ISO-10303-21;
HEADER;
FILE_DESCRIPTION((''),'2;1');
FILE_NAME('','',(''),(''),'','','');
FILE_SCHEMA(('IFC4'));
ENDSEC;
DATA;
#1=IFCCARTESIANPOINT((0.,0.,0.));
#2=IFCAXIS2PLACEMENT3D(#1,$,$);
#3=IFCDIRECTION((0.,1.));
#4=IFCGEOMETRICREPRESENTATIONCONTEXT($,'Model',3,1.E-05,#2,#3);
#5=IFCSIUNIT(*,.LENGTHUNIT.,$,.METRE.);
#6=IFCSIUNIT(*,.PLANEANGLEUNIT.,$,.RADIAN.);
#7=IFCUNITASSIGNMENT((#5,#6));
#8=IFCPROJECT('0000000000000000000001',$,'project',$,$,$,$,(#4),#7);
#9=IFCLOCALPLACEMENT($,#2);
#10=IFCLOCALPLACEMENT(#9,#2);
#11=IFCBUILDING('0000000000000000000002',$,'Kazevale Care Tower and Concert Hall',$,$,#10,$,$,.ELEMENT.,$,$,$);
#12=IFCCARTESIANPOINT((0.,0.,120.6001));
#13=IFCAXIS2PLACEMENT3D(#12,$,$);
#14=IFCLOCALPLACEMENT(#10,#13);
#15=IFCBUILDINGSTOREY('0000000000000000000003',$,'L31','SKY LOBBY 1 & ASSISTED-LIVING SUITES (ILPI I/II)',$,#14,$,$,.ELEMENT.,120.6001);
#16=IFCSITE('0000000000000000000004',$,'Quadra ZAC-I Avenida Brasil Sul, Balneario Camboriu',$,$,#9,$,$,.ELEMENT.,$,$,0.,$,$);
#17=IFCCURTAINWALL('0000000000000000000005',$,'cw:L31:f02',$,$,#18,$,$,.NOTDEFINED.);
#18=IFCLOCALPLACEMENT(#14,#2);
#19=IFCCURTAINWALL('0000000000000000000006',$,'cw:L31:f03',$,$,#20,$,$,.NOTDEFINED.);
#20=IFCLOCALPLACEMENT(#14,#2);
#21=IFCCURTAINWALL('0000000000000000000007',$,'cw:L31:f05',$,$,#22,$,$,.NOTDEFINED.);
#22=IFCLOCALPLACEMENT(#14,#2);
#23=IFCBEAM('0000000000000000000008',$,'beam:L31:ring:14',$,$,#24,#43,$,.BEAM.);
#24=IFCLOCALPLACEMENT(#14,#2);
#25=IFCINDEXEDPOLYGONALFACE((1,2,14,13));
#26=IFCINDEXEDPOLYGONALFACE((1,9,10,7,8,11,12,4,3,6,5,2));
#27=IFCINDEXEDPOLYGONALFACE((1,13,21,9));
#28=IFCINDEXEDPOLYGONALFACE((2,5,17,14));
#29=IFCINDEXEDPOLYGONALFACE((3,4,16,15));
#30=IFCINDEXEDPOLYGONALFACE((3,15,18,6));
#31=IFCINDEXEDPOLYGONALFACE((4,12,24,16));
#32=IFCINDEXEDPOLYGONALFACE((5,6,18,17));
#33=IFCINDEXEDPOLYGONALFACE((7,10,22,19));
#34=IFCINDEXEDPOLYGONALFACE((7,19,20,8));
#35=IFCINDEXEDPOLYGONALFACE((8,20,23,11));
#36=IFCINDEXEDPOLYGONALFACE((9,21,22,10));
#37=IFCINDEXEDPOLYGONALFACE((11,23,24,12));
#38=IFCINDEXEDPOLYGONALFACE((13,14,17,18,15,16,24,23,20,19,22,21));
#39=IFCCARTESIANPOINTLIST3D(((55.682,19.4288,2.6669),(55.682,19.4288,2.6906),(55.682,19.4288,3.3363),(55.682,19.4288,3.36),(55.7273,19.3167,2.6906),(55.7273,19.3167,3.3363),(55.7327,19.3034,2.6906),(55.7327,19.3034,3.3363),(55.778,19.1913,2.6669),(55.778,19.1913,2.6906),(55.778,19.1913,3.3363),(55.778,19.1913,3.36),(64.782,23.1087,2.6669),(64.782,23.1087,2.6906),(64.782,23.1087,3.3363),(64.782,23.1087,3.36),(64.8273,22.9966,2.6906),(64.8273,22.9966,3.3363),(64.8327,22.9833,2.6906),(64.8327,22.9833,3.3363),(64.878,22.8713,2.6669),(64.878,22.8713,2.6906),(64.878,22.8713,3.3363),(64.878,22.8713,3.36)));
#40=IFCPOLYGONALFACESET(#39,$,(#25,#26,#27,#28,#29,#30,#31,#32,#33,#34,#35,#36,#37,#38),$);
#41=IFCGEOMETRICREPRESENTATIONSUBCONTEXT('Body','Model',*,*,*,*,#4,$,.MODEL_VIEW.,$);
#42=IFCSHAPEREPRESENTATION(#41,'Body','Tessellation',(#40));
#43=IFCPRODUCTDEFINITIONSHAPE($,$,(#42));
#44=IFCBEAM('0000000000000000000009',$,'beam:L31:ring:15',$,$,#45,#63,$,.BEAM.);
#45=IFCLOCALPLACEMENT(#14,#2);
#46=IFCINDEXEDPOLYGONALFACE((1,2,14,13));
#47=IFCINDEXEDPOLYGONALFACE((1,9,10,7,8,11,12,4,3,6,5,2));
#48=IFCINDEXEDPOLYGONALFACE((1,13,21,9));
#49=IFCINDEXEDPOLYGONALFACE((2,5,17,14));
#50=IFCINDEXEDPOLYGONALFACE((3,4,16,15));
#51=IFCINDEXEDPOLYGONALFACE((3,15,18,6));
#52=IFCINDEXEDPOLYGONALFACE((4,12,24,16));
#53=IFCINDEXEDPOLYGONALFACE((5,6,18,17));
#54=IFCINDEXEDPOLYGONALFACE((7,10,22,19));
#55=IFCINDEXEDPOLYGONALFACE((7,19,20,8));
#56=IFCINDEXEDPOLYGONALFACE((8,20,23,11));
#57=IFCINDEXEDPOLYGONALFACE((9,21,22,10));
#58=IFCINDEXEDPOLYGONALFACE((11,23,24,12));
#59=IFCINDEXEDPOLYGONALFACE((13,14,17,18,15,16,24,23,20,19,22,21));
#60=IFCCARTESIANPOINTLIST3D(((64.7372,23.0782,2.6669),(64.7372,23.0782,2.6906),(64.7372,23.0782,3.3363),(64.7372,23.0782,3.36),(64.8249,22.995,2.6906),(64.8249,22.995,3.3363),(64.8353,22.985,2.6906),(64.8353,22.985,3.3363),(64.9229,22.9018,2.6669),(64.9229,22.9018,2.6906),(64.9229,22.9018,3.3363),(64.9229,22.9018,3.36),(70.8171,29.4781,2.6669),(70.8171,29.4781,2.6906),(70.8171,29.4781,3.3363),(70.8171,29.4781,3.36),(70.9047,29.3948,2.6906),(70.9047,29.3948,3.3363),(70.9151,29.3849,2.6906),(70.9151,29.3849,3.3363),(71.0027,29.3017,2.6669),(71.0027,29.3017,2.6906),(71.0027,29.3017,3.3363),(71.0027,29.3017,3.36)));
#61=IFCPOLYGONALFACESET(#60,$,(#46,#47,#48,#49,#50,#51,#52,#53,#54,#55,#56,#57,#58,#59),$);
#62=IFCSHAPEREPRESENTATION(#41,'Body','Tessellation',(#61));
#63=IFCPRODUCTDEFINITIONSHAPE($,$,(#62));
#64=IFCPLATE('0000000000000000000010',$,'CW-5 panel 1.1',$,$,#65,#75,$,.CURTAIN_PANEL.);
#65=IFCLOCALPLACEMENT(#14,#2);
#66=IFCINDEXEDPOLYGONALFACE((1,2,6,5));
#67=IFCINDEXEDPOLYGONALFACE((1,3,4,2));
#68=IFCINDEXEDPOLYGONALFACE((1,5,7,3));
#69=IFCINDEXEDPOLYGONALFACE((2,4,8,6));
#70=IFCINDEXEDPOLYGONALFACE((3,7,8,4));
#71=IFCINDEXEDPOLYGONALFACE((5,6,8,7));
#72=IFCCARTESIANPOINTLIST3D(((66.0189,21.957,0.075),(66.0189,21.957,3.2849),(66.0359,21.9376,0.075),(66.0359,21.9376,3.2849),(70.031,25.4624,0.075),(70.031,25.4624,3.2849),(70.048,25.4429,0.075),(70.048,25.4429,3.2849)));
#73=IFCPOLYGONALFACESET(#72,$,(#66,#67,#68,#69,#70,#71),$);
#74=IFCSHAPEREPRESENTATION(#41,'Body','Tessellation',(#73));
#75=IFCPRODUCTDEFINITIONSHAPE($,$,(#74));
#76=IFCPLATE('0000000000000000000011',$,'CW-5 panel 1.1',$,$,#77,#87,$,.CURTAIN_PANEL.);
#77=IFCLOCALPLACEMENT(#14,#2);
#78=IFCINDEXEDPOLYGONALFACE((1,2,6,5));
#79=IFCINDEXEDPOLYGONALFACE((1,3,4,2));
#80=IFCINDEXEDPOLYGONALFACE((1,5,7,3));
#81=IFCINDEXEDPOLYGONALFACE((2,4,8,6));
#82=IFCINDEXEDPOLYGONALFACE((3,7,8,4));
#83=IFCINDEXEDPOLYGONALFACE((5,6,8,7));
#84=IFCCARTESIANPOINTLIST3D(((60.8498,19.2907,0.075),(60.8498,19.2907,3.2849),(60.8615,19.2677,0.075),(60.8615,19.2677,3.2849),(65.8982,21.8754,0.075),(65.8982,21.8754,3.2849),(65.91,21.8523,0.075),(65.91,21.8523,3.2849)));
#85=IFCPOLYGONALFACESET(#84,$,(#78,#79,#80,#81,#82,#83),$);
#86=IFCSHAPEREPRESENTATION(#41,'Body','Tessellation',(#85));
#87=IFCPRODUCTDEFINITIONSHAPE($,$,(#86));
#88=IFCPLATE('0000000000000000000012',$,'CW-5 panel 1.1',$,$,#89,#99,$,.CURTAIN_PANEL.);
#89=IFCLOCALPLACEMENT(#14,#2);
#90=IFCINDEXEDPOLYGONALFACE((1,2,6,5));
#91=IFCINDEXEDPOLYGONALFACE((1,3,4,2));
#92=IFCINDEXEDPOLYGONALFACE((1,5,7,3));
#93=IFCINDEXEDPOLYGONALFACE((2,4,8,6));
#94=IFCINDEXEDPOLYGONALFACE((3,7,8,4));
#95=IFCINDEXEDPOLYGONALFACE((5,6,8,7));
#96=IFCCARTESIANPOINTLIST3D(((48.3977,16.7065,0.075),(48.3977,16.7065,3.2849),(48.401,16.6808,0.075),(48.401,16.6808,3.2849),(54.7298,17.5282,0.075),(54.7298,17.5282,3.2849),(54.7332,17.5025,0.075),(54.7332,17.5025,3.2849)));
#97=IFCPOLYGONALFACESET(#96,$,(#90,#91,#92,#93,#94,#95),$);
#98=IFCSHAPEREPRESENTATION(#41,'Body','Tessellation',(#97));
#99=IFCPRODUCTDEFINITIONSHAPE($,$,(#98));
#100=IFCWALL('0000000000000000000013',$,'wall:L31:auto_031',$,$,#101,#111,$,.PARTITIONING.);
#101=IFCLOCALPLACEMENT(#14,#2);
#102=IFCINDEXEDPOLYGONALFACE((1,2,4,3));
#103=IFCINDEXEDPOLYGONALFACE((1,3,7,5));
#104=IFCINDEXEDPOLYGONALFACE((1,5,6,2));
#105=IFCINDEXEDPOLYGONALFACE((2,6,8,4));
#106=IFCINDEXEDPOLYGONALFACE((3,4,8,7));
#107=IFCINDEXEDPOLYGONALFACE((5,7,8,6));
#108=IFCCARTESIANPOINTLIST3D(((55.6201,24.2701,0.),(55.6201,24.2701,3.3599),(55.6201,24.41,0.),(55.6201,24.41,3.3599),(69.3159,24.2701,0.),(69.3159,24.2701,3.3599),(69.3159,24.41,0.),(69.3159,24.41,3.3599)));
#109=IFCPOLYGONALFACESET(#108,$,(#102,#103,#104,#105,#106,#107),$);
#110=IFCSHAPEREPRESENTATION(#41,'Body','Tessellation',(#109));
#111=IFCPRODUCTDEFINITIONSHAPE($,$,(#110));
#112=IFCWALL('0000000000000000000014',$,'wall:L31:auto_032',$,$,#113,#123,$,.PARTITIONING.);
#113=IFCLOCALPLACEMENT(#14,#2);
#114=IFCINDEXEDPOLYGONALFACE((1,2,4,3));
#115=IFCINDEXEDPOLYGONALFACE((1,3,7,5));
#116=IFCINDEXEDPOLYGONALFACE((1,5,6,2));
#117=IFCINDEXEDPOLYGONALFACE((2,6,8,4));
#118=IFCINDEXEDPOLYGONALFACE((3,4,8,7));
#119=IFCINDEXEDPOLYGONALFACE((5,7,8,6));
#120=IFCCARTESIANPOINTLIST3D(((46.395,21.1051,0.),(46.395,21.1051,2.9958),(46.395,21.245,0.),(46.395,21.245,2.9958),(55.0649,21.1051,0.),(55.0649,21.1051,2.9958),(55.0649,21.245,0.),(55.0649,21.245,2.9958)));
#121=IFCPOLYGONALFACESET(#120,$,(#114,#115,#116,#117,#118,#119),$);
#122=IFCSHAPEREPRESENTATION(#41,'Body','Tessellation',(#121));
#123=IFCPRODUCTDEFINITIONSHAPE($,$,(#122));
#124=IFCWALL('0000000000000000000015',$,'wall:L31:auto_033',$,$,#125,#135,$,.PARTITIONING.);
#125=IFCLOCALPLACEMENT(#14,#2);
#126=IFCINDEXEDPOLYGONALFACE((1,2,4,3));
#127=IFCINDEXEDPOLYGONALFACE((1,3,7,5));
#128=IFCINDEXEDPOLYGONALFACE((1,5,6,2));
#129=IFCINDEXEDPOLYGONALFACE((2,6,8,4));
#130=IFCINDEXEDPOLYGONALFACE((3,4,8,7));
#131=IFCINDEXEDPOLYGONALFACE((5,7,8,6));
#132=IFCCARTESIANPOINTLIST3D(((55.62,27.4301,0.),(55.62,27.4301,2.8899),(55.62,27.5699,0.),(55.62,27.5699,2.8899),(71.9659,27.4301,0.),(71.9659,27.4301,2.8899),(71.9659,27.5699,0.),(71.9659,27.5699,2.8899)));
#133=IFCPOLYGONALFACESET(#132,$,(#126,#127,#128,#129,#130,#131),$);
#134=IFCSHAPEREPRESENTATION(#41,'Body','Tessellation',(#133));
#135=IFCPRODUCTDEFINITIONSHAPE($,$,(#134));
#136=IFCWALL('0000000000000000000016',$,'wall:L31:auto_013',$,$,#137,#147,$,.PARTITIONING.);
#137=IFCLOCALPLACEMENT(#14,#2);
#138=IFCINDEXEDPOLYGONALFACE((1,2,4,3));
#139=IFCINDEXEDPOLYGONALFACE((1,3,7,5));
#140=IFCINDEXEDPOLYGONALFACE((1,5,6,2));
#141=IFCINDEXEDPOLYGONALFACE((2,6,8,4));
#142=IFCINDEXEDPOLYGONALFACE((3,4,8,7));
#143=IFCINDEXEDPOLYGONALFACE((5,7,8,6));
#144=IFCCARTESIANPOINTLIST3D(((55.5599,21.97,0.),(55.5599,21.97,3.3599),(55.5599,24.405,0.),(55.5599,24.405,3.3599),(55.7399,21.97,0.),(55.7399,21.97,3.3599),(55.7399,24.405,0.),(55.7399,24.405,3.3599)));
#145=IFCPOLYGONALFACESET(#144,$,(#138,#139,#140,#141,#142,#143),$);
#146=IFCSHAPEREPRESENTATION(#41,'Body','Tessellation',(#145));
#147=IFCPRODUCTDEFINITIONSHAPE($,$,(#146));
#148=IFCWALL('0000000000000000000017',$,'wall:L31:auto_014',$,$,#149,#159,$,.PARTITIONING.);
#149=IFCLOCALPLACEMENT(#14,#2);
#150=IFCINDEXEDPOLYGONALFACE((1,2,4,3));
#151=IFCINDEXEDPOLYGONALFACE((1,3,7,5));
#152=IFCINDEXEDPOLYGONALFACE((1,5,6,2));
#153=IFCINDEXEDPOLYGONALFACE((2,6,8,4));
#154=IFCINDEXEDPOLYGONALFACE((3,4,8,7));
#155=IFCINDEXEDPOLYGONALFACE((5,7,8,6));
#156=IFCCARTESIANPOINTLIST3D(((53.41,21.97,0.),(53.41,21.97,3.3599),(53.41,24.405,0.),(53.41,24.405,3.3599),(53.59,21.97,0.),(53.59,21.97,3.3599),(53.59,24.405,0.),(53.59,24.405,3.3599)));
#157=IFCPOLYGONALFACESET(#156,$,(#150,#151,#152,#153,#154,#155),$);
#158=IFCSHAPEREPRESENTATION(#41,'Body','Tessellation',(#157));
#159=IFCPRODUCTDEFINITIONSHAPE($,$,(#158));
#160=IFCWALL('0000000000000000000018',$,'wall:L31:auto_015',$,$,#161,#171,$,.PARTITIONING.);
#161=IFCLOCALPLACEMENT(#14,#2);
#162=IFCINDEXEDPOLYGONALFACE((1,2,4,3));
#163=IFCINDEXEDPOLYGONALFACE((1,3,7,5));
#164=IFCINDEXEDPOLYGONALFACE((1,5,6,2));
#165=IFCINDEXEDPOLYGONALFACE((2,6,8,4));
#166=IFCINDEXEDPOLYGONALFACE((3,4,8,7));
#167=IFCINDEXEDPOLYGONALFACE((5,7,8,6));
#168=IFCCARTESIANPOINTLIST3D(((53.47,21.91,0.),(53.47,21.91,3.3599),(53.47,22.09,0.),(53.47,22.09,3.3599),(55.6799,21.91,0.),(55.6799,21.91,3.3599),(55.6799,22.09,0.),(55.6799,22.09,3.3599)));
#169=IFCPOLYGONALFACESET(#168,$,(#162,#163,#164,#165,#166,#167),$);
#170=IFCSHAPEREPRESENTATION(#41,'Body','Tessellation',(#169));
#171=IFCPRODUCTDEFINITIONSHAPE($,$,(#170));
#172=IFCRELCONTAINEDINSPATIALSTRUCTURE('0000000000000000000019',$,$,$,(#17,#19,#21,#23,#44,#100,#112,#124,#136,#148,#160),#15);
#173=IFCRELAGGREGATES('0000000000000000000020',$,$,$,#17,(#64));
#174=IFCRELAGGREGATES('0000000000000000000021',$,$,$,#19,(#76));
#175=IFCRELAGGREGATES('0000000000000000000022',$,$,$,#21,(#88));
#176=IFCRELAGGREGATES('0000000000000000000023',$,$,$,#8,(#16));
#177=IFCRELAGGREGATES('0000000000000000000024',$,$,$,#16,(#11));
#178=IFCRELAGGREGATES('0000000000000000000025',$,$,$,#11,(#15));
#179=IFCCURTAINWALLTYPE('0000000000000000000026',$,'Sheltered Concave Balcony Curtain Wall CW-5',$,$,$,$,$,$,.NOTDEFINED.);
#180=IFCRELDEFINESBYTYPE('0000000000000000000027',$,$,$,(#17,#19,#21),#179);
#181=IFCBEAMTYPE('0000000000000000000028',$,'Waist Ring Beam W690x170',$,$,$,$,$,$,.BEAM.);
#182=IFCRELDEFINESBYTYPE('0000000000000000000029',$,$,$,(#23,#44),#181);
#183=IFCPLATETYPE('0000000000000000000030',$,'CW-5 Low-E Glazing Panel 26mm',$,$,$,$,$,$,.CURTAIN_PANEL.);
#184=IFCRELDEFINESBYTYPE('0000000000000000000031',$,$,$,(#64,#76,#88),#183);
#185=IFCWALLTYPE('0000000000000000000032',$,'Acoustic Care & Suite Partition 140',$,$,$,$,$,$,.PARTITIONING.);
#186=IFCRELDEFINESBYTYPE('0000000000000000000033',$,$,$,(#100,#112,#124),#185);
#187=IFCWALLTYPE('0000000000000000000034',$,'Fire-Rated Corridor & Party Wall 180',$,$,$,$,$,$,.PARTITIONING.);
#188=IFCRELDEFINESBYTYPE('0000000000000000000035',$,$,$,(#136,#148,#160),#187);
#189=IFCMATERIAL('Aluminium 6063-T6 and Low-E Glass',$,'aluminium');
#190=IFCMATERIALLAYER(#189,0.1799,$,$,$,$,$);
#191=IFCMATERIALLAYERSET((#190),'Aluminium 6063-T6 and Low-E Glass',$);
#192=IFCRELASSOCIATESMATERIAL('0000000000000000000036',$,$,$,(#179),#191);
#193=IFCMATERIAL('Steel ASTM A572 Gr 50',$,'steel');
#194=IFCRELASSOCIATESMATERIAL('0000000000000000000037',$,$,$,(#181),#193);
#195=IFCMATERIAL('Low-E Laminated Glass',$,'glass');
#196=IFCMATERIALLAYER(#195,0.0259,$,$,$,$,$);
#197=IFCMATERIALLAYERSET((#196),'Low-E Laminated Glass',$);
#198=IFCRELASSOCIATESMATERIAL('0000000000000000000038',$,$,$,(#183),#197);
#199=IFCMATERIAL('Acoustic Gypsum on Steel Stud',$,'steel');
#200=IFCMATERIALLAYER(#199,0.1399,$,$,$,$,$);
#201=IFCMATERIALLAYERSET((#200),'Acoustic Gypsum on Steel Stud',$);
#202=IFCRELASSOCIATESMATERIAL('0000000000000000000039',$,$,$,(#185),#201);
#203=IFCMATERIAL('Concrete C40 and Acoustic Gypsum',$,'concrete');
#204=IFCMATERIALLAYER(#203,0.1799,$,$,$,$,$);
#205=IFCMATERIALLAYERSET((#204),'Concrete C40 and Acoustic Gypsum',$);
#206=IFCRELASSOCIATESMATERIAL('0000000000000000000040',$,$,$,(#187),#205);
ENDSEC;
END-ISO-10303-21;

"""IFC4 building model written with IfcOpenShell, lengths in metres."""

from ifc_helpers import new_model, si_unit, direction, frame, frame_2d, origin, origin_2d, place, context, subcontext, project, spatial, rectangle, i_section, extrude, material, layer, layer_set, material_profile, profile_set, type_object, element, aggregate, save


model = new_model("IFC4")

# Units and contexts
model_context = context("Model", 3, precision=1e-05, world=origin(), true_north=direction((0.0, 1.0)))
body_context = subcontext(model_context, "Body", "Model", "MODEL_VIEW")
ifc_project = project(units=[si_unit("LENGTHUNIT", "METRE"), si_unit("PLANEANGLEUNIT", "RADIAN")], contexts=[model_context])

# Site, building, storey
site_placement = place(None, origin())
site = spatial("IfcSite", under=ifc_project, at=site_placement, Name="Quadra ZAC-I Avenida Brasil Sul, Balneario Camboriu", CompositionType="ELEMENT", RefElevation=0.0)
building_placement = place(site_placement, origin())
building = spatial("IfcBuilding", under=site, at=building_placement, Name="Kazevale Care Tower and Concert Hall", CompositionType="ELEMENT")
storey_placement = place(building_placement, frame((0.0, 0.0, 120.6001)))
storey = spatial("IfcBuildingStorey", under=building, at=storey_placement, Name="L31", Description="SKY LOBBY 1 & ASSISTED-LIVING SUITES (ILPI I/II)", CompositionType="ELEMENT", Elevation=120.6001)

# Curtain walls
ifc_material_1 = material(Name="Aluminium 6063-T6 and Low-E Glass", Category="aluminium")
ifc_layer_1 = layer(ifc_material_1, 0.1799)
ifc_layer_set_1 = layer_set([ifc_layer_1], Name="Aluminium 6063-T6 and Low-E Glass")
curtain_wall_type = type_object("IfcCurtainWallType", Name="Sheltered Concave Balcony Curtain Wall CW-5", PredefinedType="NOTDEFINED", material=ifc_layer_set_1)
curtain_wall_1_placement = place(storey_placement, origin())
curtain_wall_1 = element("IfcCurtainWall", 1, at=curtain_wall_1_placement, inside=storey, type_object=curtain_wall_type, Name="cw:L31:f02", PredefinedType="NOTDEFINED")
curtain_wall_2_placement = place(storey_placement, origin())
curtain_wall_2 = element("IfcCurtainWall", 2, at=curtain_wall_2_placement, inside=storey, type_object=curtain_wall_type, Name="cw:L31:f03", PredefinedType="NOTDEFINED")
curtain_wall_3_placement = place(storey_placement, origin())
curtain_wall_3 = element("IfcCurtainWall", 3, at=curtain_wall_3_placement, inside=storey, type_object=curtain_wall_type, Name="cw:L31:f05", PredefinedType="NOTDEFINED")

# Beams
ifc_material_2 = material(Name="Steel ASTM A572 Gr 50", Category="steel")
ifc_material_profile_1 = material_profile(ifc_material_2, i_section(OverallWidth=0.2561, OverallDepth=0.6931, WebThickness=0.0144, FlangeThickness=0.0237, at=origin_2d()), Name="W690x170")
ifc_profile_set_1 = profile_set([ifc_material_profile_1], Name="Steel ASTM A572 Gr 50")
beam_type_1 = type_object("IfcBeamType", Name="Waist Ring Beam W690x170", PredefinedType="BEAM", material=ifc_profile_set_1)
beam_1_placement = place(storey_placement, frame((55.73, 19.3101, 3.0134), z_axis=(0.927069, 0.374892, 0.0), x_axis=(-0.374892, 0.927069, 0.0)))
element("IfcBeam", 4, at=beam_1_placement, inside=storey, type_object=beam_type_1, Name="beam:L31:ring:14", PredefinedType="BEAM", context=body_context, shape_type="SweptSolid", body=[
    extrude(i_section(OverallWidth=0.2561, OverallDepth=0.6931, WebThickness=0.0144, FlangeThickness=0.0237, at=origin_2d()), origin(), (0.0, 0.0, 1.0), 9.8159),
])
beam_2_placement = place(storey_placement, frame((64.8301, 22.99, 3.0134), z_axis=(0.688745, 0.725004, 0.0), x_axis=(-0.725004, 0.688745, 0.0)))
element("IfcBeam", 5, at=beam_2_placement, inside=storey, type_object=beam_type_1, Name="beam:L31:ring:15", PredefinedType="BEAM", context=body_context, shape_type="SweptSolid", body=[
    extrude(i_section(OverallWidth=0.2561, OverallDepth=0.6931, WebThickness=0.0144, FlangeThickness=0.0237, at=origin_2d()), origin(), (0.0, 0.0, 1.0), 8.8274),
])

# Plates
ifc_material_3 = material(Name="Low-E Laminated Glass", Category="glass")
ifc_layer_2 = layer(ifc_material_3, 0.0259)
ifc_layer_set_2 = layer_set([ifc_layer_2], Name="Low-E Laminated Glass")
plate_type = type_object("IfcPlateType", Name="CW-5 Low-E Glazing Panel 26mm", PredefinedType="CURTAIN_PANEL", material=ifc_layer_set_2)
plate_1_placement = place(storey_placement, frame((68.0334, 23.7, 0.075), z_axis=(0.0, 0.0, 1.0), x_axis=(-0.753063, -0.657949, 0.0)))
plate_1 = element("IfcPlate", 6, at=plate_1_placement, type_object=plate_type, Name="CW-5 panel 1.1", PredefinedType="CURTAIN_PANEL", context=body_context, shape_type="SweptSolid", body=[
    extrude(rectangle(XDim=5.3276, YDim=0.0259, at=origin_2d()), origin(), (0.0, 0.0, 1.0), 3.21),
])
aggregate(curtain_wall_1, [plate_1])
plate_2_placement = place(storey_placement, frame((63.3799, 20.5715, 0.075), z_axis=(0.0, 0.0, 1.0), x_axis=(-0.890127, -0.455713, 0.0)))
plate_2 = element("IfcPlate", 7, at=plate_2_placement, type_object=plate_type, Name="CW-5 panel 1.1", PredefinedType="CURTAIN_PANEL", context=body_context, shape_type="SweptSolid", body=[
    extrude(rectangle(XDim=5.6716, YDim=0.0259, at=origin_2d()), origin(), (0.0, 0.0, 1.0), 3.21),
])
aggregate(curtain_wall_2, [plate_2])
plate_3_placement = place(storey_placement, frame((51.5654, 17.1045, 0.075), z_axis=(0.0, 0.0, 1.0), x_axis=(-0.991686, -0.128685, 0.0)))
plate_3 = element("IfcPlate", 8, at=plate_3_placement, type_object=plate_type, Name="CW-5 panel 1.1", PredefinedType="CURTAIN_PANEL", context=body_context, shape_type="SweptSolid", body=[
    extrude(rectangle(XDim=6.3853, YDim=0.0259, at=origin_2d()), origin(), (0.0, 0.0, 1.0), 3.21),
])
aggregate(curtain_wall_3, [plate_3])

# Walls
ifc_material_4 = material(Name="Acoustic Gypsum on Steel Stud", Category="steel")
ifc_layer_3 = layer(ifc_material_4, 0.1399)
ifc_layer_set_3 = layer_set([ifc_layer_3], Name="Acoustic Gypsum on Steel Stud")
wall_type_1 = type_object("IfcWallType", Name="Acoustic Care & Suite Partition 140", PredefinedType="PARTITIONING", material=ifc_layer_set_3)
wall_1_placement = place(storey_placement, frame((55.6201, 24.3401, 0.0), z_axis=(0.0, 0.0, 1.0), x_axis=(1.0, 0.0, 0.0)))
element("IfcWall", 9, at=wall_1_placement, inside=storey, type_object=wall_type_1, Name="wall:L31:auto_031", PredefinedType="PARTITIONING", context=body_context, shape_type="SweptSolid", body=[
    extrude(rectangle(XDim=13.6958, YDim=0.1399, at=frame_2d((6.8479, 0.0))), origin(), (0.0, 0.0, 1.0), 3.3599),
])
wall_2_placement = place(storey_placement, frame((55.0649, 21.175, 0.0), z_axis=(0.0, 0.0, 1.0), x_axis=(-1.0, 0.0, 0.0)))
element("IfcWall", 10, at=wall_2_placement, inside=storey, type_object=wall_type_1, Name="wall:L31:auto_032", PredefinedType="PARTITIONING", context=body_context, shape_type="SweptSolid", body=[
    extrude(rectangle(XDim=8.6699, YDim=0.1399, at=frame_2d((4.335, 0.0))), origin(), (0.0, 0.0, 1.0), 2.9958),
])
wall_3_placement = place(storey_placement, frame((55.6201, 27.5, 0.0), z_axis=(0.0, 0.0, 1.0), x_axis=(1.0, 0.0, 0.0)))
element("IfcWall", 11, at=wall_3_placement, inside=storey, type_object=wall_type_1, Name="wall:L31:auto_033", PredefinedType="PARTITIONING", context=body_context, shape_type="SweptSolid", body=[
    extrude(rectangle(XDim=16.3459, YDim=0.1399, at=frame_2d((8.1729, 0.0))), origin(), (0.0, 0.0, 1.0), 2.8899),
])
ifc_material_5 = material(Name="Concrete C40 and Acoustic Gypsum", Category="concrete")
ifc_layer_4 = layer(ifc_material_5, 0.1799)
ifc_layer_set_4 = layer_set([ifc_layer_4], Name="Concrete C40 and Acoustic Gypsum")
wall_type_2 = type_object("IfcWallType", Name="Fire-Rated Corridor & Party Wall 180", PredefinedType="PARTITIONING", material=ifc_layer_set_4)
for number, where, z_axis, x_axis, name in (
    (12, (55.6499, 24.405, 0.0), (0.0, 0.0, 1.0), (0.0, -1.0, 0.0), "wall:L31:auto_013"),
    (13, (53.5, 21.97, 0.0), (0.0, 0.0, 1.0), (0.0, 1.0, 0.0), "wall:L31:auto_014"),
):
    element("IfcWall", number, at=place(storey_placement, frame(where, z_axis=z_axis, x_axis=x_axis)), inside=storey, type_object=wall_type_2, Name=name, PredefinedType="PARTITIONING", context=body_context, shape_type="SweptSolid", body=[
        extrude(rectangle(XDim=2.4351, YDim=0.1799, at=frame_2d((1.2175, 0.0))), origin(), (0.0, 0.0, 1.0), 3.3599),
    ])
wall_4_placement = place(storey_placement, frame((55.6799, 22.0, 0.0), z_axis=(0.0, 0.0, 1.0), x_axis=(-1.0, 0.0, 0.0)))
element("IfcWall", 14, at=wall_4_placement, inside=storey, type_object=wall_type_2, Name="wall:L31:auto_015", PredefinedType="PARTITIONING", context=body_context, shape_type="SweptSolid", body=[
    extrude(rectangle(XDim=2.21, YDim=0.1799, at=frame_2d((1.105, 0.0))), origin(), (0.0, 0.0, 1.0), 3.3599),
])

save(model, "model.ifc")
